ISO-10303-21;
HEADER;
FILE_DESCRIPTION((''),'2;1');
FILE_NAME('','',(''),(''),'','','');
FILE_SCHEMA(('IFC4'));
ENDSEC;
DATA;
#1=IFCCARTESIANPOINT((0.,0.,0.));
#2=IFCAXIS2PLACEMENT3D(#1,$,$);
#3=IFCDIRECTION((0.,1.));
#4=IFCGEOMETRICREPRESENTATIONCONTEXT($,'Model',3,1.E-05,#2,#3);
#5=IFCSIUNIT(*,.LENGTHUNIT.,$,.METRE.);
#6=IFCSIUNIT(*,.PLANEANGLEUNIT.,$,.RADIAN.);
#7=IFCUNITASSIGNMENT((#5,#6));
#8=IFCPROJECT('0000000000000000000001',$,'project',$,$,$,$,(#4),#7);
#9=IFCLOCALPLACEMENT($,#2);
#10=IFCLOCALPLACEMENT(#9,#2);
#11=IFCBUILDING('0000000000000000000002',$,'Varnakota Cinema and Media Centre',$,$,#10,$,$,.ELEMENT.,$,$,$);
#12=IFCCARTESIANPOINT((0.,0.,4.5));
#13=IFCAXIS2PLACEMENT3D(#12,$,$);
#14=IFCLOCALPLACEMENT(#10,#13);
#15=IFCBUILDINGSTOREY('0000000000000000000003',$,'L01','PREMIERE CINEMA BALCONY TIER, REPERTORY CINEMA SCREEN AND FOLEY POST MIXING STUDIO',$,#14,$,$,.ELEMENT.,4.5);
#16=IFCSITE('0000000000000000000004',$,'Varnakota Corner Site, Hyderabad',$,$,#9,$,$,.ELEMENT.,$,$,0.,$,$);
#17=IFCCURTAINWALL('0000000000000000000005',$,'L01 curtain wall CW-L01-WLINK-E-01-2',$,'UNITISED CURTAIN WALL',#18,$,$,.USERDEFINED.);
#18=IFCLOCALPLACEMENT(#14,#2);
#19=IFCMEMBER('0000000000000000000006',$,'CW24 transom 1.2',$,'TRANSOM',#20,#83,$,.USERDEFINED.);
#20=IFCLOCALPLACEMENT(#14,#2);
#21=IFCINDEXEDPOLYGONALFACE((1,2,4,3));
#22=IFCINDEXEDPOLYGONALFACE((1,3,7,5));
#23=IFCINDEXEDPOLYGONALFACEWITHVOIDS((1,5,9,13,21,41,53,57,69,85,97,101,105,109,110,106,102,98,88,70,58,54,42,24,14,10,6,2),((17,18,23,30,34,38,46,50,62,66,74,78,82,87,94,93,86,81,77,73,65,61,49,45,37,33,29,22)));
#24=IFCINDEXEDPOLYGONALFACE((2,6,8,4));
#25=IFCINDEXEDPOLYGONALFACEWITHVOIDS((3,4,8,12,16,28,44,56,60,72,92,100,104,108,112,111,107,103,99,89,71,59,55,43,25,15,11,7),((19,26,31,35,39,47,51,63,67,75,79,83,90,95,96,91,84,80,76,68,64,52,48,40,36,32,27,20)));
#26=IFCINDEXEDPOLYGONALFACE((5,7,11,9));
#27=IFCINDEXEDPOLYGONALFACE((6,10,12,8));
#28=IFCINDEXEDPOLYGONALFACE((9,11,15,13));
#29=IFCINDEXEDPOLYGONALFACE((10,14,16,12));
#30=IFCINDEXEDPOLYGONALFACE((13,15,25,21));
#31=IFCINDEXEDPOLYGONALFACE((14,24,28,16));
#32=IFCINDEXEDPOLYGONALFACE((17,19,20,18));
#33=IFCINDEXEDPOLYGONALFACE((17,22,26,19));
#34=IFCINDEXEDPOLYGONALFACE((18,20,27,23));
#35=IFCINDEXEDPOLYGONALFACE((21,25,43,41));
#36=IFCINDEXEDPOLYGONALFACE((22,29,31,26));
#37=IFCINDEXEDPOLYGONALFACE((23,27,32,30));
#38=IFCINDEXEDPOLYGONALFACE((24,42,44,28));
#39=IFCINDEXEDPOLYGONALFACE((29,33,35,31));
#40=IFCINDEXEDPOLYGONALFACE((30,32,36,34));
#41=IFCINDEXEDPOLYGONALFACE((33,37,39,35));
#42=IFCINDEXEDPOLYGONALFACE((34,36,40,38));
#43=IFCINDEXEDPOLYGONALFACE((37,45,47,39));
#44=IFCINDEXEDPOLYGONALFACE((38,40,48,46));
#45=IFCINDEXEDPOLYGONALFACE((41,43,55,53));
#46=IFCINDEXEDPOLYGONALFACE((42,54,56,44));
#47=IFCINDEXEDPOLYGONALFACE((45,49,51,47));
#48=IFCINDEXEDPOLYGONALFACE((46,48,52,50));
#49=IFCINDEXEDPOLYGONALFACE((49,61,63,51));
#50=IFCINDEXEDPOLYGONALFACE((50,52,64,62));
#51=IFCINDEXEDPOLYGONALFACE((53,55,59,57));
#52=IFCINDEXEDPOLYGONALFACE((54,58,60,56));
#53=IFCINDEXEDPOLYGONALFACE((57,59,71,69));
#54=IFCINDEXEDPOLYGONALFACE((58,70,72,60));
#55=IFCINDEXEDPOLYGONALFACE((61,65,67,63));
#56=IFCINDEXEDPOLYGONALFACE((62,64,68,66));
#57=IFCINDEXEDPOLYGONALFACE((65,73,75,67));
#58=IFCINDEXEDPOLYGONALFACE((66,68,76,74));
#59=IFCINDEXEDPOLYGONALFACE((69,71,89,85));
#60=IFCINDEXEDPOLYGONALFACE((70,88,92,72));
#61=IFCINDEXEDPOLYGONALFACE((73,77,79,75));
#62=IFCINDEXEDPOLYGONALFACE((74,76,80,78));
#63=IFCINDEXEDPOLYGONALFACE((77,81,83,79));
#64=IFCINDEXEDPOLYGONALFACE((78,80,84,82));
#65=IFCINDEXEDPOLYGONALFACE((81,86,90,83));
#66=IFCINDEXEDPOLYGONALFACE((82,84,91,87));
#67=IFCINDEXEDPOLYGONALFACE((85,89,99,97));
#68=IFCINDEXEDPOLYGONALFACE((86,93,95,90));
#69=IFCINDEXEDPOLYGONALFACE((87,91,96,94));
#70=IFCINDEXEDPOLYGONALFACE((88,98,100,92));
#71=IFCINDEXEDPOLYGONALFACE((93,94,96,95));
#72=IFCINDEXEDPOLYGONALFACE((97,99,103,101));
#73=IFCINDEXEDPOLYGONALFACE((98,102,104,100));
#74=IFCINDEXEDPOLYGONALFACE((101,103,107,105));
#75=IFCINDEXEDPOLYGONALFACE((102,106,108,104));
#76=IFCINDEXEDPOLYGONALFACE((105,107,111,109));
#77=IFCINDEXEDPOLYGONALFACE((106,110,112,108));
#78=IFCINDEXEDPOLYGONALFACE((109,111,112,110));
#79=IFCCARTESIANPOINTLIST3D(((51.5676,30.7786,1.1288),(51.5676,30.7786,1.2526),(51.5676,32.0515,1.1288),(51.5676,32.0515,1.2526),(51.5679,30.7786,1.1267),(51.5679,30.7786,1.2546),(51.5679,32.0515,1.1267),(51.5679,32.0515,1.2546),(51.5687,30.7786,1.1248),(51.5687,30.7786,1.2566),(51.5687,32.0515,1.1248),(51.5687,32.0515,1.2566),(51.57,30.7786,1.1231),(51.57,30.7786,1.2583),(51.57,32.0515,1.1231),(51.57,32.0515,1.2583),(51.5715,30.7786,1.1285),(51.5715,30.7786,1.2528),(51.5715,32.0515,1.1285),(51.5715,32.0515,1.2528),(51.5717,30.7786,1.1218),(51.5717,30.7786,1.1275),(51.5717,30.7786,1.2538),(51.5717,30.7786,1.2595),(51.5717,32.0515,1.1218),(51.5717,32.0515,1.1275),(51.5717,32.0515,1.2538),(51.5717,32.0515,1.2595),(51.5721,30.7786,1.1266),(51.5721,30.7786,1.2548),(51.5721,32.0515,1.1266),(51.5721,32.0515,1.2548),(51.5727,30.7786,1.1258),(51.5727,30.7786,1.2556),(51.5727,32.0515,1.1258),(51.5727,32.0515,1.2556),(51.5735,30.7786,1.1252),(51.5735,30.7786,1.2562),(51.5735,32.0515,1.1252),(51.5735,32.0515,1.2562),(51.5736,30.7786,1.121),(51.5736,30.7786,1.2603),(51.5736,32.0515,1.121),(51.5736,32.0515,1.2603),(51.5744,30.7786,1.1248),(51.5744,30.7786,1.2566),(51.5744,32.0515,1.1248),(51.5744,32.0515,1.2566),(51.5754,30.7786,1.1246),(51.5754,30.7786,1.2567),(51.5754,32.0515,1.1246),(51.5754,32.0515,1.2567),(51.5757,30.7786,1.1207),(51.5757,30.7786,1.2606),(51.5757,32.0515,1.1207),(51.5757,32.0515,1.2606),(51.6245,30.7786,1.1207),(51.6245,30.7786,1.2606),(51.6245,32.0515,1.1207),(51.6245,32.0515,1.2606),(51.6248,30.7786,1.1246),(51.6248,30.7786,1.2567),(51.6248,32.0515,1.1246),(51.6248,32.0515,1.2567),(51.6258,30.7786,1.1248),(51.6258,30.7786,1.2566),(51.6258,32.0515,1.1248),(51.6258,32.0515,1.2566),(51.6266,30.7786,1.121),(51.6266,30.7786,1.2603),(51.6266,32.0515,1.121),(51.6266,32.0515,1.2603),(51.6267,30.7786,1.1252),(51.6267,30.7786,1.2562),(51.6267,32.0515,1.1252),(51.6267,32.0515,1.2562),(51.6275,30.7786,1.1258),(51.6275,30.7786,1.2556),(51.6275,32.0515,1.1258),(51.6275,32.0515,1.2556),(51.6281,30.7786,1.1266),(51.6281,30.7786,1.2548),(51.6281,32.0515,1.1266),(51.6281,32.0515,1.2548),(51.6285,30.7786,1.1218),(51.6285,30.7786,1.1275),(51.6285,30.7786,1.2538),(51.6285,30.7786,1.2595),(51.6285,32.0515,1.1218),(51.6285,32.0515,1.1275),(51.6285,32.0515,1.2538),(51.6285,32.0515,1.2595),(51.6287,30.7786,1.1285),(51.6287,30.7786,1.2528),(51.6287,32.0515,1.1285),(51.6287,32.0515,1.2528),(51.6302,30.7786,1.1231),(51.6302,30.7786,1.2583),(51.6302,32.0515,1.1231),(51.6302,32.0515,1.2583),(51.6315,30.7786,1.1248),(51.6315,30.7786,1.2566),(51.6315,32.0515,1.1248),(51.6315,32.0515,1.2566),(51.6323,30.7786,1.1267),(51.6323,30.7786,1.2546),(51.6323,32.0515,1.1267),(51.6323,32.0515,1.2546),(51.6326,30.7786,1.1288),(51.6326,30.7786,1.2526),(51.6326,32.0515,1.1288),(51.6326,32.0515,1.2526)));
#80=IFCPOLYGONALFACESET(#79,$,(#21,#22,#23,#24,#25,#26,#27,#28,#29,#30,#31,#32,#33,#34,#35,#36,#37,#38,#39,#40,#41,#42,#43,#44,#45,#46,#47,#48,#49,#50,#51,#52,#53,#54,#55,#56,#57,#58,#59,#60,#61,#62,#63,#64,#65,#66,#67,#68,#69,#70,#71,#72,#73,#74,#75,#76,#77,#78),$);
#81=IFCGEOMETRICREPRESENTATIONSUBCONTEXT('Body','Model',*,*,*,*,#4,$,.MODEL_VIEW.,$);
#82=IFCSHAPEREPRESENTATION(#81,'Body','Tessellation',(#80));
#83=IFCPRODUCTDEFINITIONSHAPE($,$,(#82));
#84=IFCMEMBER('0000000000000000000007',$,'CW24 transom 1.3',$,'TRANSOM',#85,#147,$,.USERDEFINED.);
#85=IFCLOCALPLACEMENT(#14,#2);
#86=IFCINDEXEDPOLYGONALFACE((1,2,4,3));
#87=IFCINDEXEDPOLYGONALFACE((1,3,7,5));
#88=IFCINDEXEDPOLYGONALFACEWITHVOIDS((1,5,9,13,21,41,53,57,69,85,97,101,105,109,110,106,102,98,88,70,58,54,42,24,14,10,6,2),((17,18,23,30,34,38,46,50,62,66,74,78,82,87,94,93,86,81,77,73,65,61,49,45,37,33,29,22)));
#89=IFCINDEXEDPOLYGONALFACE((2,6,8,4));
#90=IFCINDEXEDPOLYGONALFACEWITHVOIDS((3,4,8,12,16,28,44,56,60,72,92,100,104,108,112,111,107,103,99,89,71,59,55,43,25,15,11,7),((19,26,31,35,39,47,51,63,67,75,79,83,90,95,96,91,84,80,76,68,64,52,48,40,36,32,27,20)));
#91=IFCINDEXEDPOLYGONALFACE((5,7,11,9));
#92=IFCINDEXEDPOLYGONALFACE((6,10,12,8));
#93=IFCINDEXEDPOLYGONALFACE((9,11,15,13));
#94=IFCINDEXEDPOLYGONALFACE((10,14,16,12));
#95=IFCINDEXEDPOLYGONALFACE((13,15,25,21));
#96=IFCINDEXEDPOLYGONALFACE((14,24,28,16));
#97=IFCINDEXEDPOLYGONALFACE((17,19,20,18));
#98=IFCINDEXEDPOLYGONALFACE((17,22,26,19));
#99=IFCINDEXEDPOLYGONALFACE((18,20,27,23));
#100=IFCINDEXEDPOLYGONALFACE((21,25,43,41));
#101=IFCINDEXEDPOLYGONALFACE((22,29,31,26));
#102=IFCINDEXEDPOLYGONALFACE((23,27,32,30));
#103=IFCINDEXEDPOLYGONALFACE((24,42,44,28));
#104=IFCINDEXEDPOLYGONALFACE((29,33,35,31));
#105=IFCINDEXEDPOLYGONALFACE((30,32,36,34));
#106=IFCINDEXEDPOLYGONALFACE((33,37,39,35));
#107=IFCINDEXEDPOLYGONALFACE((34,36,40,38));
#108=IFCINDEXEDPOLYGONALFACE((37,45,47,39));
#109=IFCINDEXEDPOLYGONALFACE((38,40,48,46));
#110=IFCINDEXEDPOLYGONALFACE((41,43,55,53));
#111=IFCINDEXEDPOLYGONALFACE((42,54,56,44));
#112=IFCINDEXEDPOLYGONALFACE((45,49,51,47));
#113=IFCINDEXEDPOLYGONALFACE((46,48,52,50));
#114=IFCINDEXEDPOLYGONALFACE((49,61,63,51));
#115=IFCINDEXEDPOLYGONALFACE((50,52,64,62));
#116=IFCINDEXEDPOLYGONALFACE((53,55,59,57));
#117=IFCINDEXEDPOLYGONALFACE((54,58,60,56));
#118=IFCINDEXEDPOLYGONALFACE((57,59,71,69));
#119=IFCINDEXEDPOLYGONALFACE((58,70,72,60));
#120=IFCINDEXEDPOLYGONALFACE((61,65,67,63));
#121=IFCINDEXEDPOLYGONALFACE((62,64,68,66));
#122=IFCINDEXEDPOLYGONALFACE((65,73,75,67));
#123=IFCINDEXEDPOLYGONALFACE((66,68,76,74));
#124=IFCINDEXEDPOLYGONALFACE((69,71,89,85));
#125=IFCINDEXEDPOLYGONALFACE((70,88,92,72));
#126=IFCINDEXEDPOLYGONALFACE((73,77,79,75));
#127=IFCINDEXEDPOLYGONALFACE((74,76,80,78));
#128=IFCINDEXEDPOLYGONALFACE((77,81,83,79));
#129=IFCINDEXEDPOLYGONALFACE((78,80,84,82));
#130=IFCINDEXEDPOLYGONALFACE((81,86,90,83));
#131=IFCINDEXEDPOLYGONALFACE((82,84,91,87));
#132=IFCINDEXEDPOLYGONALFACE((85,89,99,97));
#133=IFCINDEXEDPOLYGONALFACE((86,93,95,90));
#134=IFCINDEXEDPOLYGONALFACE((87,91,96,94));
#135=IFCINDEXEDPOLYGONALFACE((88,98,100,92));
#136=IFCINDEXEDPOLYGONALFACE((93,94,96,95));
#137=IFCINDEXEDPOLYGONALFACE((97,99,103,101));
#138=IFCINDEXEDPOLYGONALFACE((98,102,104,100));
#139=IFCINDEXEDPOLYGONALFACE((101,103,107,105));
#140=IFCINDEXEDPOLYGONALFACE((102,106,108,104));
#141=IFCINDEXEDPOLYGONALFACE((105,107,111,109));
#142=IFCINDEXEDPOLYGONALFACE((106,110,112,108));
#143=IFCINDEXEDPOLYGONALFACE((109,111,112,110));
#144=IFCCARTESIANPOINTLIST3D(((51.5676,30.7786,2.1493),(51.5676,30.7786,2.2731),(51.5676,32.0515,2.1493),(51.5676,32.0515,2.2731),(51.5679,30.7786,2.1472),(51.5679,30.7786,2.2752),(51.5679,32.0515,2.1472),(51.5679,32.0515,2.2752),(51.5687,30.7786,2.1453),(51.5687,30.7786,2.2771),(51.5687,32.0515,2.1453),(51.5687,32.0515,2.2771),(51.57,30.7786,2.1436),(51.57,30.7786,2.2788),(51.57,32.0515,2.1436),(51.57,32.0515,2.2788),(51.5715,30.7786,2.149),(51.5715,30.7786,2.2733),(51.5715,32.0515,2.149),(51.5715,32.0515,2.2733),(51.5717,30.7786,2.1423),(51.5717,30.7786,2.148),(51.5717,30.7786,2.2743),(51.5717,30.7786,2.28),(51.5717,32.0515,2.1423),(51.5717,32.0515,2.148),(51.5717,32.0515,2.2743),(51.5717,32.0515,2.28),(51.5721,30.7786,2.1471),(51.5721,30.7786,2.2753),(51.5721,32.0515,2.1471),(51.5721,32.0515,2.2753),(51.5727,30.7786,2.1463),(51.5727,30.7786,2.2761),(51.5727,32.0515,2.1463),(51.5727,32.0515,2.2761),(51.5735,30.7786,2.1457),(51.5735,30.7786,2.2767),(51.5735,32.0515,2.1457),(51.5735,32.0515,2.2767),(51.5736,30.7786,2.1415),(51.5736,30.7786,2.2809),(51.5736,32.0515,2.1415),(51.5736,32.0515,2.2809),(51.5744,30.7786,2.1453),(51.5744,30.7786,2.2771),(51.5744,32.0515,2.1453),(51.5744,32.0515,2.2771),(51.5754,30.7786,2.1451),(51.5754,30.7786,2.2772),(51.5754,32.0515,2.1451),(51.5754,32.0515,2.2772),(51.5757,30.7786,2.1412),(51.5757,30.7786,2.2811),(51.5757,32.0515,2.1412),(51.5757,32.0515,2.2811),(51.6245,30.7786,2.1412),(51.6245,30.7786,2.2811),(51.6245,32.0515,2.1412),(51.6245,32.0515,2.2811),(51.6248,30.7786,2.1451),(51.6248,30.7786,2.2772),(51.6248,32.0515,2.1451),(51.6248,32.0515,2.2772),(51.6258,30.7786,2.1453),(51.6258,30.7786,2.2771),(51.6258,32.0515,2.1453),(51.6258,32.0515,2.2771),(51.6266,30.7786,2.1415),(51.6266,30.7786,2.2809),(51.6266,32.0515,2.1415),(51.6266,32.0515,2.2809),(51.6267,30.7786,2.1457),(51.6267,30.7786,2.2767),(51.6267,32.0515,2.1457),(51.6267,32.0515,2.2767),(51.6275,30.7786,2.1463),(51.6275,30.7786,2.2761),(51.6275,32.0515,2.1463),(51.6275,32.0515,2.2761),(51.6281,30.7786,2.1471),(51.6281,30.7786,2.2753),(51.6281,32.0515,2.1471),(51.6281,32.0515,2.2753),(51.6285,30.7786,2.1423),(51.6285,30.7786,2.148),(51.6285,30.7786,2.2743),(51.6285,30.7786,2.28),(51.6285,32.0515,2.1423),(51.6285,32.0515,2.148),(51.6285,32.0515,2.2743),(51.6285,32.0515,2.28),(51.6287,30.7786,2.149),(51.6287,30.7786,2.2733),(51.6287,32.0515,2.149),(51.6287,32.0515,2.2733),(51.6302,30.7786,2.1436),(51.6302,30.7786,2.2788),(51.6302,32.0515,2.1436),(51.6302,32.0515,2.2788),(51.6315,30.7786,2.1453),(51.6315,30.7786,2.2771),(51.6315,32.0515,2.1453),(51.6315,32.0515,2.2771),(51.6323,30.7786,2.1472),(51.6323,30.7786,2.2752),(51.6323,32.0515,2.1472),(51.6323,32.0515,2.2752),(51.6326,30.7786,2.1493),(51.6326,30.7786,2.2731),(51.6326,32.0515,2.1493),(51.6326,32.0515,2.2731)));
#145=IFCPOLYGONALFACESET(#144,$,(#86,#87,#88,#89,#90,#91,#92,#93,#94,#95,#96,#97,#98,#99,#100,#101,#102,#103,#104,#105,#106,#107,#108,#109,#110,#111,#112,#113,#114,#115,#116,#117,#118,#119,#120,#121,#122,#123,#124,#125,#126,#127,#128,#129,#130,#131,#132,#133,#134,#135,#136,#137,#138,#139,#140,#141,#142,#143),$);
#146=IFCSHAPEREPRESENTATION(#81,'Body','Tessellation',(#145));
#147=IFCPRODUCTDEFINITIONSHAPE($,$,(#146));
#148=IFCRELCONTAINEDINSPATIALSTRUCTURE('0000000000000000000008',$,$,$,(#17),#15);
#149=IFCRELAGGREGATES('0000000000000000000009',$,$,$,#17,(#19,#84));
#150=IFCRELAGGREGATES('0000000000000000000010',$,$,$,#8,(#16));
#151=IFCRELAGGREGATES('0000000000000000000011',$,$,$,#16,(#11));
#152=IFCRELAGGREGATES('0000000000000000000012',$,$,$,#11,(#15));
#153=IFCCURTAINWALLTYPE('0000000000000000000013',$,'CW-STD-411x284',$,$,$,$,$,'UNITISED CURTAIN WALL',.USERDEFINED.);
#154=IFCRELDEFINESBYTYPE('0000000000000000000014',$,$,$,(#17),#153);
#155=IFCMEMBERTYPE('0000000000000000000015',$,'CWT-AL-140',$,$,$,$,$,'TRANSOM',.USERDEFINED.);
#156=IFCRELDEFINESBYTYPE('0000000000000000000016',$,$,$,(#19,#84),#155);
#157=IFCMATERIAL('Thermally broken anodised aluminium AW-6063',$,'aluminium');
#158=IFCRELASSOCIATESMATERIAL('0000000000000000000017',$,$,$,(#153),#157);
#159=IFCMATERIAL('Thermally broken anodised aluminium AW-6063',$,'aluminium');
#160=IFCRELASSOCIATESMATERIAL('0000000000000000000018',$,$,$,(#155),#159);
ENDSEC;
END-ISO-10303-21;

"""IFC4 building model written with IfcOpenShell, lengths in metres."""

from ifc_helpers import new_model, si_unit, direction, frame, origin, origin_2d, place, context, subcontext, project, spatial, hollow_rectangle, extrude, material, material_profile, profile_set, type_object, element, aggregate, save


model = new_model("IFC4")

# Units and contexts
model_context = context("Model", 3, precision=1e-05, world=origin(), true_north=direction((0.0, 1.0)))
body_context = subcontext(model_context, "Body", "Model", "MODEL_VIEW")
ifc_project = project(units=[si_unit("LENGTHUNIT", "METRE"), si_unit("PLANEANGLEUNIT", "RADIAN")], contexts=[model_context])

# Site, building, storey
site_placement = place(None, origin())
site = spatial("IfcSite", under=ifc_project, at=site_placement, Name="Varnakota Corner Site, Hyderabad", CompositionType="ELEMENT", RefElevation=0.0)
building_placement = place(site_placement, origin())
building = spatial("IfcBuilding", under=site, at=building_placement, Name="Varnakota Cinema and Media Centre", CompositionType="ELEMENT")
storey_placement = place(building_placement, frame((0.0, 0.0, 4.5)))
storey = spatial("IfcBuildingStorey", under=building, at=storey_placement, Name="L01", Description="PREMIERE CINEMA BALCONY TIER, REPERTORY CINEMA SCREEN AND FOLEY POST MIXING STUDIO", CompositionType="ELEMENT", Elevation=4.5)

# Shared definitions
ifc_material_1 = material(Name="Thermally broken anodised aluminium AW-6063", Category="aluminium")
curtain_wall_type = type_object("IfcCurtainWallType", Name="CW-STD-411x284", ElementType="UNITISED CURTAIN WALL", PredefinedType="USERDEFINED", material=ifc_material_1)

# Curtain wall
curtain_wall_1_placement = place(storey_placement, origin())
curtain_wall_1 = element("IfcCurtainWall", 1, at=curtain_wall_1_placement, inside=storey, type_object=curtain_wall_type, Name="L01 curtain wall CW-L01-WLINK-E-01-2", ObjectType="UNITISED CURTAIN WALL", PredefinedType="USERDEFINED")

# Members
ifc_material_2 = material(Name="Thermally broken anodised aluminium AW-6063", Category="aluminium")
ifc_material_profile_1 = material_profile(ifc_material_2, hollow_rectangle(XDim=0.0649, YDim=0.1399, WallThickness=0.0039, InnerFilletRadius=0.0039, OuterFilletRadius=0.0081, at=origin_2d()), Name="AL-TRANSOM 140x65x4")
ifc_profile_set_1 = profile_set([ifc_material_profile_1], Name="Thermally broken anodised aluminium AW-6063")
member_type_1 = type_object("IfcMemberType", Name="CWT-AL-140", ElementType="TRANSOM", PredefinedType="USERDEFINED", material=ifc_profile_set_1)
member_1_placement = place(storey_placement, frame((51.6001, 30.7786, 1.1907), z_axis=(0.0, 1.0, 0.0), x_axis=(-1.0, 0.0, 0.0)))
member_1 = element("IfcMember", 2, at=member_1_placement, type_object=member_type_1, Name="CW24 transom 1.2", ObjectType="TRANSOM", PredefinedType="USERDEFINED", context=body_context, shape_type="SweptSolid", body=[
    extrude(hollow_rectangle(XDim=0.0649, YDim=0.1399, WallThickness=0.0039, InnerFilletRadius=0.0039, OuterFilletRadius=0.0081, at=origin_2d()), origin(), (0.0, 0.0, 1.0), 1.2729),
])
member_2_placement = place(storey_placement, frame((51.6001, 30.7786, 2.2112), z_axis=(0.0, 1.0, 0.0), x_axis=(-1.0, 0.0, 0.0)))
member_2 = element("IfcMember", 3, at=member_2_placement, type_object=member_type_1, Name="CW24 transom 1.3", ObjectType="TRANSOM", PredefinedType="USERDEFINED", context=body_context, shape_type="SweptSolid", body=[
    extrude(hollow_rectangle(XDim=0.0649, YDim=0.1399, WallThickness=0.0039, InnerFilletRadius=0.0039, OuterFilletRadius=0.0081, at=origin_2d()), origin(), (0.0, 0.0, 1.0), 1.2729),
])

aggregate(curtain_wall_1, [member_1, member_2])

save(model, "model.ifc")
